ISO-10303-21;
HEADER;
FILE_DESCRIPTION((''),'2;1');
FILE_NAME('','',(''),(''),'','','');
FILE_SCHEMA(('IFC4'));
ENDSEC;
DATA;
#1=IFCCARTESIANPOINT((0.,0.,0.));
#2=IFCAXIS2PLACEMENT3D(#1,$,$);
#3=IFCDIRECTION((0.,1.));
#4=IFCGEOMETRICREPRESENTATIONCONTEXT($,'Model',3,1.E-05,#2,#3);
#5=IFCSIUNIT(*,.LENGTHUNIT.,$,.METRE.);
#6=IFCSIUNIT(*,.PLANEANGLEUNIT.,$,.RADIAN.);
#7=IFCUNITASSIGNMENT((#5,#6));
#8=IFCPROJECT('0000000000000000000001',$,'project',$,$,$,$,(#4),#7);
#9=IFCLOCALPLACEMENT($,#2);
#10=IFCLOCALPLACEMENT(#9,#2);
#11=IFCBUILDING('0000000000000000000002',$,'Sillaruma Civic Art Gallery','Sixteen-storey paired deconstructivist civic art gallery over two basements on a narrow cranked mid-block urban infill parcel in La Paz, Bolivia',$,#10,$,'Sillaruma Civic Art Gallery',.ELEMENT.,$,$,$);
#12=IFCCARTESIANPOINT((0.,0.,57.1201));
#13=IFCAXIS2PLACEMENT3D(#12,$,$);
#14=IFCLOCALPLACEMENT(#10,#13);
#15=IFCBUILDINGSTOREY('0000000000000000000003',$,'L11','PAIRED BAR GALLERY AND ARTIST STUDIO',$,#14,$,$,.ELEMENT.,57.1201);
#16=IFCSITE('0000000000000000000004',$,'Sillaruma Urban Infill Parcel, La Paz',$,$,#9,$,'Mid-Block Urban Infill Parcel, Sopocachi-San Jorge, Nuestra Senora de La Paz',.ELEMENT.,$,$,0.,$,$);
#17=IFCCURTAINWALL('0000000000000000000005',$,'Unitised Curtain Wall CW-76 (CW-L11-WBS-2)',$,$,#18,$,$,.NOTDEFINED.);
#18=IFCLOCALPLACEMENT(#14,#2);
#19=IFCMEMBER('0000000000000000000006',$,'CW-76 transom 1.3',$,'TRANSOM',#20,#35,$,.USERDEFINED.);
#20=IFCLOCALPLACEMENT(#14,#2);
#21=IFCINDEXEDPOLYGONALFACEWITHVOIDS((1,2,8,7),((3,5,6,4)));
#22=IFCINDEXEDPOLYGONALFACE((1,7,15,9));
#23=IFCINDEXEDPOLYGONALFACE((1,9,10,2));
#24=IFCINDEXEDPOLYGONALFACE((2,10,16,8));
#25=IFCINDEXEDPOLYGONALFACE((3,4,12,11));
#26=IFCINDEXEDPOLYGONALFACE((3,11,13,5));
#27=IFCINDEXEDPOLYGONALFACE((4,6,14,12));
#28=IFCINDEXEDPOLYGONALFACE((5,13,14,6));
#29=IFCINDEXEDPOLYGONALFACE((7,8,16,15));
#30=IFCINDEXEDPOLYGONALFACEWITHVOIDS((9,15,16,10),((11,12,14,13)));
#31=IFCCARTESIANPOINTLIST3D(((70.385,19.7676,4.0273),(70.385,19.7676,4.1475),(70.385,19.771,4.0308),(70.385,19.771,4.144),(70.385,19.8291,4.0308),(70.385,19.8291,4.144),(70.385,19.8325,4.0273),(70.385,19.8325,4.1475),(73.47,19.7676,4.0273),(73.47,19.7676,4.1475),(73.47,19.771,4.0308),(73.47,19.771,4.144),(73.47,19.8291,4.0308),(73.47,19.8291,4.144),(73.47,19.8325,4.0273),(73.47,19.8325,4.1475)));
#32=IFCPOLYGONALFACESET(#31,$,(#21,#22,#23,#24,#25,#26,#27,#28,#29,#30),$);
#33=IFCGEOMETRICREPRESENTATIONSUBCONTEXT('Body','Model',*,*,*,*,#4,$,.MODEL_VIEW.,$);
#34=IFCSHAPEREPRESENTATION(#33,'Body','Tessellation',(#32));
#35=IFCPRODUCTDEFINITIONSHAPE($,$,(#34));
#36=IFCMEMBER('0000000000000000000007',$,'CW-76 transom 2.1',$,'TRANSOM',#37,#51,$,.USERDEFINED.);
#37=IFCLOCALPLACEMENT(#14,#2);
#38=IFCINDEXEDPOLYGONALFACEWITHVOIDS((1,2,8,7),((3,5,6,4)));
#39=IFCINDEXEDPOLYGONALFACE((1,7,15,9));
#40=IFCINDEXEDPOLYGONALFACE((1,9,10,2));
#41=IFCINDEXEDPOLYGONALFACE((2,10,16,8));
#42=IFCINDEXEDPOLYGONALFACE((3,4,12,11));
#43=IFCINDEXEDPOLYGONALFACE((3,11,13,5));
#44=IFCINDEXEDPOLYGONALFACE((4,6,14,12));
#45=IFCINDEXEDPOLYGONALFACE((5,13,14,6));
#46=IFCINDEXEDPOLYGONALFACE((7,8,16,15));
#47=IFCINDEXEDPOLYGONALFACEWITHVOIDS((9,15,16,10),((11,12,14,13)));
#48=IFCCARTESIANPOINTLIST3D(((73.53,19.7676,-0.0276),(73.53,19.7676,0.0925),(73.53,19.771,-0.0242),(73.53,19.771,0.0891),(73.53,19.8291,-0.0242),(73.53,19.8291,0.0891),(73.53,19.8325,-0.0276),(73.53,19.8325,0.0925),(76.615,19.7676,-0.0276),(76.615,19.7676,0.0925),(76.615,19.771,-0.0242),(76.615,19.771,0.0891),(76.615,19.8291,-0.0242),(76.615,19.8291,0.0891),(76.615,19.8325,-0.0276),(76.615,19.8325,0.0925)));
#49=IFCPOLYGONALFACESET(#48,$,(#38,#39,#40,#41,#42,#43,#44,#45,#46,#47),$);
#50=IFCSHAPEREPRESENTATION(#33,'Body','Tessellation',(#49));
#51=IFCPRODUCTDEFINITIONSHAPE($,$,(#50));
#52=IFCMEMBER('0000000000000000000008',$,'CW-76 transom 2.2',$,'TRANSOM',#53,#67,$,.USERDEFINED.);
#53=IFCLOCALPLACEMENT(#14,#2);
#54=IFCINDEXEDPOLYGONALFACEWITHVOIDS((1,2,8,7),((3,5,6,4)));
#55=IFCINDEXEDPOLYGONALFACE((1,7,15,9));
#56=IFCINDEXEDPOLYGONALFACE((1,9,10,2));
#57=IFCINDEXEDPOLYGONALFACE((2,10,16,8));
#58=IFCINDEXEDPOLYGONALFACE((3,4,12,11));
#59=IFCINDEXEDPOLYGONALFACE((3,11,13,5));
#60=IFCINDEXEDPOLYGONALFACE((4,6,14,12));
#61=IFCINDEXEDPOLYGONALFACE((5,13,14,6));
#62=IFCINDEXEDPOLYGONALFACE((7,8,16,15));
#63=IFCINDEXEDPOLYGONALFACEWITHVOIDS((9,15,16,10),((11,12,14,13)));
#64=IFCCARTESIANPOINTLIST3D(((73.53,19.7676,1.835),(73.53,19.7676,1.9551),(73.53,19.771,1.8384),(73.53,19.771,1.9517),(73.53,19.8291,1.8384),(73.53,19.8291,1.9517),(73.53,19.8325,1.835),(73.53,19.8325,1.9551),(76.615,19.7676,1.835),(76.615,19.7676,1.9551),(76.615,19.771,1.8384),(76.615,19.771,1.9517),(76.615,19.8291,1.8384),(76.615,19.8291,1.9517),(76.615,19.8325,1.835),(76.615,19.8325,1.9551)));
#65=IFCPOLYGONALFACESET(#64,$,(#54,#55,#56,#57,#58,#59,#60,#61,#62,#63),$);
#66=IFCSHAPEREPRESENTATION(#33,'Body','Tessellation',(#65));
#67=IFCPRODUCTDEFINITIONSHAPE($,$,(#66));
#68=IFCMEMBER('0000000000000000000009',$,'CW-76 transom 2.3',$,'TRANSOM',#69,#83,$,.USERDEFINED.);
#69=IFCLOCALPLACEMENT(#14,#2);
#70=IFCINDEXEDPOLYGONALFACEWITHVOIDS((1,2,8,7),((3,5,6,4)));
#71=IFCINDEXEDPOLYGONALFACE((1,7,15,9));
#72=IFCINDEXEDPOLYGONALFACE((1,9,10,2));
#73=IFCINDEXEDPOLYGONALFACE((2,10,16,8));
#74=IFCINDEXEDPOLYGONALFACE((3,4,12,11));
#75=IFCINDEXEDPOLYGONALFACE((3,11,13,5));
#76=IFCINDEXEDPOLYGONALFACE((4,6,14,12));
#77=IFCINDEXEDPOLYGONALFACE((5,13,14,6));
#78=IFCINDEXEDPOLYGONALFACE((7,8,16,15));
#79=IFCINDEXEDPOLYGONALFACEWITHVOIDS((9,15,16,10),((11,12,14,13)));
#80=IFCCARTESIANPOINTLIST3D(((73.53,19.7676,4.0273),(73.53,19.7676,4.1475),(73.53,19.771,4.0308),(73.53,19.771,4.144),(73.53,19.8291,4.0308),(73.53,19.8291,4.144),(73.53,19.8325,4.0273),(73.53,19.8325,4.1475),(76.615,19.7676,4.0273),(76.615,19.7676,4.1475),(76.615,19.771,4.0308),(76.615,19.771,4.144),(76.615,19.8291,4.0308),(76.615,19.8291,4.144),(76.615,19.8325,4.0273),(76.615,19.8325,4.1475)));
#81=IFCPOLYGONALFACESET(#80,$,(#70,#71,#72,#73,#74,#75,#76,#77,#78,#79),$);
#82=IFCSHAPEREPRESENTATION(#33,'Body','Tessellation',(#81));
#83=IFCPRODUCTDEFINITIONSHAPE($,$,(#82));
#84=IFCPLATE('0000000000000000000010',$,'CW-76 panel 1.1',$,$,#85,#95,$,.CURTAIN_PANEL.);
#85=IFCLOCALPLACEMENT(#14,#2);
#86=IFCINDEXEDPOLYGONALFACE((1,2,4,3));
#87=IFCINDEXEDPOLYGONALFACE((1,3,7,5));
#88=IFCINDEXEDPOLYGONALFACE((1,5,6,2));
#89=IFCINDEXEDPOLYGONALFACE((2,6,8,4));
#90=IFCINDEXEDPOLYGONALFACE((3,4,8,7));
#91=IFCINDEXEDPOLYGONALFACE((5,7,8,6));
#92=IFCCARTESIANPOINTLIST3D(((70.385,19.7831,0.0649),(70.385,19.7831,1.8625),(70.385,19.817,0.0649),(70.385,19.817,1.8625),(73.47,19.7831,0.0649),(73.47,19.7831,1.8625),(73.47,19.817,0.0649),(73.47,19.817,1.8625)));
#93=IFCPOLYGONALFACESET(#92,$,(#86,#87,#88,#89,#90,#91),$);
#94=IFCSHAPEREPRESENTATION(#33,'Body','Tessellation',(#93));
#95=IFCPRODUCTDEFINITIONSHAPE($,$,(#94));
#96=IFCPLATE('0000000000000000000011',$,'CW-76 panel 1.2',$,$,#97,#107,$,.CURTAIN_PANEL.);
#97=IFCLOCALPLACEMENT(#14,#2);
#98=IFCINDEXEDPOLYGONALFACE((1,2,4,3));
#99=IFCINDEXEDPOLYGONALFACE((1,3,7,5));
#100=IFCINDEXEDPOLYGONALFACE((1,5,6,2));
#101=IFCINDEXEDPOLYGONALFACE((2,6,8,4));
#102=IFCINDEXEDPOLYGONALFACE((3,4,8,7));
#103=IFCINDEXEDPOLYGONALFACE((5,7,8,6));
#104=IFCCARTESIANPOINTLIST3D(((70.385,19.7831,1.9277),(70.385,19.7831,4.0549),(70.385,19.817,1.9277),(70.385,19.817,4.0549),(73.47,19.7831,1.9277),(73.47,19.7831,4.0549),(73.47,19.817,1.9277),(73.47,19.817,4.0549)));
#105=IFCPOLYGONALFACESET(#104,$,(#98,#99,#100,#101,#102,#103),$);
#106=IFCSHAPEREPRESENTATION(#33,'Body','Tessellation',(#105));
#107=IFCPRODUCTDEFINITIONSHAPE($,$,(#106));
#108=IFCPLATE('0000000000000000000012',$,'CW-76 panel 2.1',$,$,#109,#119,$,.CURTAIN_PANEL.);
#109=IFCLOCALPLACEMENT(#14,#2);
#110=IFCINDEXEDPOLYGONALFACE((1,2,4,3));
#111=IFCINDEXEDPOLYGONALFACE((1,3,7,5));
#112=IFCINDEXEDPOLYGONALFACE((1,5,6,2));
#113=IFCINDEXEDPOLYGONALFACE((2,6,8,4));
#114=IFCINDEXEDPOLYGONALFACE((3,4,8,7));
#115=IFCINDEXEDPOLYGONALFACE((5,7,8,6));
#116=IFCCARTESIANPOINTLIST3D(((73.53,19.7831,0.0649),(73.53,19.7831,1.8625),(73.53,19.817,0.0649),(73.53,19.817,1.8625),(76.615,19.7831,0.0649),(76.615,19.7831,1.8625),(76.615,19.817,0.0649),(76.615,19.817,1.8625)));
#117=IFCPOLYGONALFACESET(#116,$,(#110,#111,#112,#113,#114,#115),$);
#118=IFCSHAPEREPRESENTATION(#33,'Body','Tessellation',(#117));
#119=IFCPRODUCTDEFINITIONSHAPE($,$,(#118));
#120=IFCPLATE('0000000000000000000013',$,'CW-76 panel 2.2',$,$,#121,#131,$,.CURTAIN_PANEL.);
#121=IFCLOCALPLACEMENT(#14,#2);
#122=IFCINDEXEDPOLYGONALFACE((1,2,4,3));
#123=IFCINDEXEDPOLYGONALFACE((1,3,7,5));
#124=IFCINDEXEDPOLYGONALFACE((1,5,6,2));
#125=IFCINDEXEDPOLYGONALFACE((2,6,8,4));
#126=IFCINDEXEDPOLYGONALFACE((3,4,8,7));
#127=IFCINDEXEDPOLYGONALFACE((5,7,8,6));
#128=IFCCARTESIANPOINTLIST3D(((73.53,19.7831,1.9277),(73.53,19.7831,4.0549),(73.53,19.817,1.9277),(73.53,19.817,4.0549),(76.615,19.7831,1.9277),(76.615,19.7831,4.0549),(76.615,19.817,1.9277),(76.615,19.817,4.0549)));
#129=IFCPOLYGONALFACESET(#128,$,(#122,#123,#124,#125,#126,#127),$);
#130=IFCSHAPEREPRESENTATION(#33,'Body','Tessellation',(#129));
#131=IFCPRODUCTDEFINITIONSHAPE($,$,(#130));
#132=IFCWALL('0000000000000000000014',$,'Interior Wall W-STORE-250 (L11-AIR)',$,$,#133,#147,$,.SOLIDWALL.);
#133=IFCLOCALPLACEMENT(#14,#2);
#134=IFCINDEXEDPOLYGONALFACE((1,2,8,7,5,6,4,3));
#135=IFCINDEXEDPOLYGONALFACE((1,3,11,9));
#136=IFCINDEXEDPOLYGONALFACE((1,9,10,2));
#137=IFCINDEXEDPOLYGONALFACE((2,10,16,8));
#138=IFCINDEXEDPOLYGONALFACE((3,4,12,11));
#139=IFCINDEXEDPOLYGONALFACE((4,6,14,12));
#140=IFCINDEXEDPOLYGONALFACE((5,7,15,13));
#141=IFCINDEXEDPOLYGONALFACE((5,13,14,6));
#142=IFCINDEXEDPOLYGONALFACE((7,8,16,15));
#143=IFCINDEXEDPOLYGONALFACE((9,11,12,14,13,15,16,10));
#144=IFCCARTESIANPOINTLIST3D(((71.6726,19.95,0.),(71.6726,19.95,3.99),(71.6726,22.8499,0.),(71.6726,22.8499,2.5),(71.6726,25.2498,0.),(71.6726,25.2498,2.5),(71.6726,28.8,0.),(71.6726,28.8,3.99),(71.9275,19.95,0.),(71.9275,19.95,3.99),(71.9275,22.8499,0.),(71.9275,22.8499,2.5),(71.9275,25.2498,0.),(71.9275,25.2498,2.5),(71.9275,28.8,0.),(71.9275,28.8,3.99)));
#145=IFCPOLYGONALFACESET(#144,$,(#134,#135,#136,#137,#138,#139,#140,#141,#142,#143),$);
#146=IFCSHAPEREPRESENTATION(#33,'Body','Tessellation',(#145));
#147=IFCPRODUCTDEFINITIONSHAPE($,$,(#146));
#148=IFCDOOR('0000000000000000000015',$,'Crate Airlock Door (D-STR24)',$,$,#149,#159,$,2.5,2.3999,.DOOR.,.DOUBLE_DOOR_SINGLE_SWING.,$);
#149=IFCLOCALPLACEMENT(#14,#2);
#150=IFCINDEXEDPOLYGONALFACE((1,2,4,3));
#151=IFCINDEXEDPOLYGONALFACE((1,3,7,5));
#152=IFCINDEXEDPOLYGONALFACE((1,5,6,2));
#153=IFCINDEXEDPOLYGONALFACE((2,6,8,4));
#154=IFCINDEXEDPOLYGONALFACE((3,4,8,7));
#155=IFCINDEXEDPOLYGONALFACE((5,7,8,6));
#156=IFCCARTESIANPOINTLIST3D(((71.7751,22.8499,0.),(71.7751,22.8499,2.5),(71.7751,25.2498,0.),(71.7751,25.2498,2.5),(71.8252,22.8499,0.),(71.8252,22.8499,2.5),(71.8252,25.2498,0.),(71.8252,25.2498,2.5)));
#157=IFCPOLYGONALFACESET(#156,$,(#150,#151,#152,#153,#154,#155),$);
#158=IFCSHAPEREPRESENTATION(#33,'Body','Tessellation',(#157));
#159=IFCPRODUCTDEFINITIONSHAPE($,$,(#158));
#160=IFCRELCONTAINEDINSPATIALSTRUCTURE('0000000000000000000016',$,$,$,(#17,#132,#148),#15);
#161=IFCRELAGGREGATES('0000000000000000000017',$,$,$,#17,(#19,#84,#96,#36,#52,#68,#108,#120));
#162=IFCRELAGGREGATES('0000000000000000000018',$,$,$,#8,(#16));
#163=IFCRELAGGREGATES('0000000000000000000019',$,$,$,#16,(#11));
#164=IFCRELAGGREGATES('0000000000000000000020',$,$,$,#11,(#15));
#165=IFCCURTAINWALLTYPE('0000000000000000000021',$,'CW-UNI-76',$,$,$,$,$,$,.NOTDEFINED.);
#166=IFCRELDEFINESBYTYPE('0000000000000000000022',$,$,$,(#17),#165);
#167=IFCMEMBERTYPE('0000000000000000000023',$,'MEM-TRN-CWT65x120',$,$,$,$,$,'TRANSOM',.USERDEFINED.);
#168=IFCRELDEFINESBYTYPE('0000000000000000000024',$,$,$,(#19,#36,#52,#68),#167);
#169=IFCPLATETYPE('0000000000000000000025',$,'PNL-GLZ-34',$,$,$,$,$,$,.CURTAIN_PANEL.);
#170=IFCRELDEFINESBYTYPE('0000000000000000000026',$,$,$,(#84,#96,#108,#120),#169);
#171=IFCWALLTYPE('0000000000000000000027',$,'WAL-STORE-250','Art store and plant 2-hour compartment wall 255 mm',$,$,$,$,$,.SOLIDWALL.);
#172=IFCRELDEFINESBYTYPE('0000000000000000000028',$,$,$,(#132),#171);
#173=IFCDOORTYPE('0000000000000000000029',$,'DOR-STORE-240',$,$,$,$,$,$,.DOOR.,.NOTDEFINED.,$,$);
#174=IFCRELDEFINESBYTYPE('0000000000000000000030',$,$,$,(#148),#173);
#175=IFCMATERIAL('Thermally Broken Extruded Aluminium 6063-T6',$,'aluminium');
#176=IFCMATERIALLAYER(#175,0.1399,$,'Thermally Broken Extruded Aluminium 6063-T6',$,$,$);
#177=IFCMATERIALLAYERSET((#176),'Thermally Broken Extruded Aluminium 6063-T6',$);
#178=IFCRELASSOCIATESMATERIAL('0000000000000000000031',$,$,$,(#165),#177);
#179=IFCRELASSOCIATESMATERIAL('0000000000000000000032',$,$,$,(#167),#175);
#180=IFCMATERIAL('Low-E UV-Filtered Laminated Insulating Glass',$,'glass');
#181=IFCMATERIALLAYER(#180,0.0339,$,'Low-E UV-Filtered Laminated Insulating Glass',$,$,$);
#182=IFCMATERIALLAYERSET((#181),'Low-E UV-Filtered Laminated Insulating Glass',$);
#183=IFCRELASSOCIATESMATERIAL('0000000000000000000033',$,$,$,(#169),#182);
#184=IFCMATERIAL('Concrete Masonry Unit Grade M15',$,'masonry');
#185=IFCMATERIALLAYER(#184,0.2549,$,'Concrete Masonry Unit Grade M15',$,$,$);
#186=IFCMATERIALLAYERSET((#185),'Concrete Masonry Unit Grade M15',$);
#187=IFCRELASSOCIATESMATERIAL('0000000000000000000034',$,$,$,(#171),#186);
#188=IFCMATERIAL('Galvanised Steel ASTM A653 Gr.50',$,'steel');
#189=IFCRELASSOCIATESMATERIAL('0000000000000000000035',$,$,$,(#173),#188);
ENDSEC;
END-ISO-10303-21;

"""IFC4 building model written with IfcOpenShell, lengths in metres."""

from ifc_helpers import new_model, si_unit, direction, frame, frame_2d, origin, origin_2d, place, context, subcontext, project, spatial, rectangle, hollow_rectangle, extrude, material, layer, layer_set, material_profile, profile_set, type_object, element, fill, aggregate, save


model = new_model("IFC4")

# Units and contexts
model_context = context("Model", 3, precision=1e-05, world=origin(), true_north=direction((0.0, 1.0)))
body_context = subcontext(model_context, "Body", "Model", "MODEL_VIEW")
ifc_project = project(units=[si_unit("LENGTHUNIT", "METRE"), si_unit("PLANEANGLEUNIT", "RADIAN")], contexts=[model_context])

# Site, building, storey
site_placement = place(None, origin())
site = spatial("IfcSite", under=ifc_project, at=site_placement, Name="Sillaruma Urban Infill Parcel, La Paz", LongName="Mid-Block Urban Infill Parcel, Sopocachi-San Jorge, Nuestra Senora de La Paz", CompositionType="ELEMENT", RefElevation=0.0)
building_placement = place(site_placement, origin())
building = spatial("IfcBuilding", under=site, at=building_placement, Name="Sillaruma Civic Art Gallery", Description="Sixteen-storey paired deconstructivist civic art gallery over two basements on a narrow cranked mid-block urban infill parcel in La Paz, Bolivia", LongName="Sillaruma Civic Art Gallery", CompositionType="ELEMENT")
storey_placement = place(building_placement, frame((0.0, 0.0, 57.1201)))
storey = spatial("IfcBuildingStorey", under=building, at=storey_placement, Name="L11", Description="PAIRED BAR GALLERY AND ARTIST STUDIO", CompositionType="ELEMENT", Elevation=57.1201)

# Curtain wall, members, plates
ifc_material_1 = material(Name="Thermally Broken Extruded Aluminium 6063-T6", Category="aluminium")
ifc_layer_1 = layer(ifc_material_1, 0.1399, Name="Thermally Broken Extruded Aluminium 6063-T6")
ifc_layer_set_1 = layer_set([ifc_layer_1], Name="Thermally Broken Extruded Aluminium 6063-T6")
curtain_wall_type = type_object("IfcCurtainWallType", Name="CW-UNI-76", PredefinedType="NOTDEFINED", material=ifc_layer_set_1)
curtain_wall_placement = place(storey_placement, origin())
curtain_wall = element("IfcCurtainWall", 1, at=curtain_wall_placement, inside=storey, type_object=curtain_wall_type, Name="Unitised Curtain Wall CW-76 (CW-L11-WBS-2)", PredefinedType="NOTDEFINED")
ifc_material_profile_1 = material_profile(ifc_material_1, hollow_rectangle(XDim=0.0649, YDim=0.1201, WallThickness=0.0034, at=origin_2d()), Name="CWT65x120")
ifc_profile_set_1 = profile_set([ifc_material_profile_1], Name="Thermally Broken Extruded Aluminium 6063-T6")
member_type_1 = type_object("IfcMemberType", Name="MEM-TRN-CWT65x120", ElementType="TRANSOM", PredefinedType="USERDEFINED", material=ifc_profile_set_1)
member_1_placement = place(storey_placement, frame((70.385, 19.8, 4.0874), z_axis=(1.0, 0.0, 0.0), x_axis=(0.0, 1.0, 0.0)))
member_1 = element("IfcMember", 2, at=member_1_placement, type_object=member_type_1, Name="CW-76 transom 1.3", ObjectType="TRANSOM", PredefinedType="USERDEFINED", context=body_context, shape_type="SweptSolid", body=[
    extrude(hollow_rectangle(XDim=0.0649, YDim=0.1201, WallThickness=0.0034, at=origin_2d()), origin(), (0.0, 0.0, 1.0), 3.085),
])
member_2_placement = place(storey_placement, frame((73.53, 19.8, 0.0325), z_axis=(1.0, 0.0, 0.0), x_axis=(0.0, 1.0, 0.0)))
member_2 = element("IfcMember", 3, at=member_2_placement, type_object=member_type_1, Name="CW-76 transom 2.1", ObjectType="TRANSOM", PredefinedType="USERDEFINED", context=body_context, shape_type="SweptSolid", body=[
    extrude(hollow_rectangle(XDim=0.0649, YDim=0.1201, WallThickness=0.0034, at=origin_2d()), origin(), (0.0, 0.0, 1.0), 3.085),
])
member_3_placement = place(storey_placement, frame((73.53, 19.8, 1.895), z_axis=(1.0, 0.0, 0.0), x_axis=(0.0, 1.0, 0.0)))
member_3 = element("IfcMember", 4, at=member_3_placement, type_object=member_type_1, Name="CW-76 transom 2.2", ObjectType="TRANSOM", PredefinedType="USERDEFINED", context=body_context, shape_type="SweptSolid", body=[
    extrude(hollow_rectangle(XDim=0.0649, YDim=0.1201, WallThickness=0.0034, at=origin_2d()), origin(), (0.0, 0.0, 1.0), 3.085),
])
member_4_placement = place(storey_placement, frame((73.53, 19.8, 4.0874), z_axis=(1.0, 0.0, 0.0), x_axis=(0.0, 1.0, 0.0)))
member_4 = element("IfcMember", 5, at=member_4_placement, type_object=member_type_1, Name="CW-76 transom 2.3", ObjectType="TRANSOM", PredefinedType="USERDEFINED", context=body_context, shape_type="SweptSolid", body=[
    extrude(hollow_rectangle(XDim=0.0649, YDim=0.1201, WallThickness=0.0034, at=origin_2d()), origin(), (0.0, 0.0, 1.0), 3.085),
])
ifc_material_2 = material(Name="Low-E UV-Filtered Laminated Insulating Glass", Category="glass")
ifc_layer_2 = layer(ifc_material_2, 0.0339, Name="Low-E UV-Filtered Laminated Insulating Glass")
ifc_layer_set_2 = layer_set([ifc_layer_2], Name="Low-E UV-Filtered Laminated Insulating Glass")
plate_type = type_object("IfcPlateType", Name="PNL-GLZ-34", PredefinedType="CURTAIN_PANEL", material=ifc_layer_set_2)
plate_1_placement = place(storey_placement, frame((71.9275, 19.8, 0.0649), z_axis=(0.0, 0.0, 1.0), x_axis=(1.0, 0.0, 0.0)))
plate_1 = element("IfcPlate", 6, at=plate_1_placement, type_object=plate_type, Name="CW-76 panel 1.1", PredefinedType="CURTAIN_PANEL", context=body_context, shape_type="SweptSolid", body=[
    extrude(rectangle(XDim=3.085, YDim=0.0339, at=origin_2d()), origin(), (0.0, 0.0, 1.0), 1.7976),
])
plate_2_placement = place(storey_placement, frame((71.9275, 19.8, 1.9277), z_axis=(0.0, 0.0, 1.0), x_axis=(1.0, 0.0, 0.0)))
plate_2 = element("IfcPlate", 7, at=plate_2_placement, type_object=plate_type, Name="CW-76 panel 1.2", PredefinedType="CURTAIN_PANEL", context=body_context, shape_type="SweptSolid", body=[
    extrude(rectangle(XDim=3.085, YDim=0.0339, at=origin_2d()), origin(), (0.0, 0.0, 1.0), 2.1272),
])
plate_3_placement = place(storey_placement, frame((75.0725, 19.8, 0.0649), z_axis=(0.0, 0.0, 1.0), x_axis=(1.0, 0.0, 0.0)))
plate_3 = element("IfcPlate", 8, at=plate_3_placement, type_object=plate_type, Name="CW-76 panel 2.1", PredefinedType="CURTAIN_PANEL", context=body_context, shape_type="SweptSolid", body=[
    extrude(rectangle(XDim=3.085, YDim=0.0339, at=origin_2d()), origin(), (0.0, 0.0, 1.0), 1.7976),
])
plate_4_placement = place(storey_placement, frame((75.0725, 19.8, 1.9277), z_axis=(0.0, 0.0, 1.0), x_axis=(1.0, 0.0, 0.0)))
plate_4 = element("IfcPlate", 9, at=plate_4_placement, type_object=plate_type, Name="CW-76 panel 2.2", PredefinedType="CURTAIN_PANEL", context=body_context, shape_type="SweptSolid", body=[
    extrude(rectangle(XDim=3.085, YDim=0.0339, at=origin_2d()), origin(), (0.0, 0.0, 1.0), 2.1272),
])
aggregate(curtain_wall, [member_1, plate_1, plate_2, member_2, member_3, member_4, plate_3, plate_4])

# Wall, opening, door
ifc_material_3 = material(Name="Concrete Masonry Unit Grade M15", Category="masonry")
ifc_layer_3 = layer(ifc_material_3, 0.2549, Name="Concrete Masonry Unit Grade M15")
ifc_layer_set_3 = layer_set([ifc_layer_3], Name="Concrete Masonry Unit Grade M15")
wall_type = type_object("IfcWallType", Name="WAL-STORE-250", Description="Art store and plant 2-hour compartment wall 255 mm", PredefinedType="SOLIDWALL", material=ifc_layer_set_3)
wall_placement = place(storey_placement, frame((71.8, 19.95, 0.0), z_axis=(0.0, 0.0, 1.0), x_axis=(0.0, 1.0, 0.0)))
wall = element("IfcWall", 10, at=wall_placement, inside=storey, type_object=wall_type, Name="Interior Wall W-STORE-250 (L11-AIR)", PredefinedType="SOLIDWALL", context=body_context, shape_type="SweptSolid", body=[
    extrude(rectangle(XDim=8.8501, YDim=0.2549, at=frame_2d((4.425, 0.0))), origin(), (0.0, 0.0, 1.0), 3.99),
])
opening_placement = place(wall_placement, frame((2.8999, 0.0, 0.0)))
opening = element("IfcOpeningElement", 11, at=opening_placement, cuts=wall, PredefinedType="OPENING", context=body_context, shape_type="SweptSolid", body=[
    extrude(rectangle(XDim=2.3999, YDim=2.5, at=frame_2d((1.2, 1.25))), frame((0.0, 0.1375, 0.0), z_axis=(0.0, -1.0, 0.0), x_axis=(1.0, 0.0, 0.0)), (0.0, 0.0, 1.0), 0.2749),
])
ifc_material_4 = material(Name="Galvanised Steel ASTM A653 Gr.50", Category="steel")
door_type = type_object("IfcDoorType", Name="DOR-STORE-240", OperationType="NOTDEFINED", PredefinedType="DOOR", material=ifc_material_4)
door_placement = place(opening_placement, origin())
door = element("IfcDoor", 12, at=door_placement, inside=storey, type_object=door_type, Name="Crate Airlock Door (D-STR24)", OperationType="DOUBLE_DOOR_SINGLE_SWING", OverallHeight=2.5, OverallWidth=2.3999, PredefinedType="DOOR", context=body_context, shape_type="SweptSolid", body=[
    extrude(rectangle(XDim=2.3999, YDim=2.5, at=frame_2d((1.2, 1.25))), frame((0.0, 0.0249, 0.0), z_axis=(0.0, -1.0, 0.0), x_axis=(1.0, 0.0, 0.0)), (0.0, 0.0, 1.0), 0.05),
])
fill(opening, door)

save(model, "model.ifc")
